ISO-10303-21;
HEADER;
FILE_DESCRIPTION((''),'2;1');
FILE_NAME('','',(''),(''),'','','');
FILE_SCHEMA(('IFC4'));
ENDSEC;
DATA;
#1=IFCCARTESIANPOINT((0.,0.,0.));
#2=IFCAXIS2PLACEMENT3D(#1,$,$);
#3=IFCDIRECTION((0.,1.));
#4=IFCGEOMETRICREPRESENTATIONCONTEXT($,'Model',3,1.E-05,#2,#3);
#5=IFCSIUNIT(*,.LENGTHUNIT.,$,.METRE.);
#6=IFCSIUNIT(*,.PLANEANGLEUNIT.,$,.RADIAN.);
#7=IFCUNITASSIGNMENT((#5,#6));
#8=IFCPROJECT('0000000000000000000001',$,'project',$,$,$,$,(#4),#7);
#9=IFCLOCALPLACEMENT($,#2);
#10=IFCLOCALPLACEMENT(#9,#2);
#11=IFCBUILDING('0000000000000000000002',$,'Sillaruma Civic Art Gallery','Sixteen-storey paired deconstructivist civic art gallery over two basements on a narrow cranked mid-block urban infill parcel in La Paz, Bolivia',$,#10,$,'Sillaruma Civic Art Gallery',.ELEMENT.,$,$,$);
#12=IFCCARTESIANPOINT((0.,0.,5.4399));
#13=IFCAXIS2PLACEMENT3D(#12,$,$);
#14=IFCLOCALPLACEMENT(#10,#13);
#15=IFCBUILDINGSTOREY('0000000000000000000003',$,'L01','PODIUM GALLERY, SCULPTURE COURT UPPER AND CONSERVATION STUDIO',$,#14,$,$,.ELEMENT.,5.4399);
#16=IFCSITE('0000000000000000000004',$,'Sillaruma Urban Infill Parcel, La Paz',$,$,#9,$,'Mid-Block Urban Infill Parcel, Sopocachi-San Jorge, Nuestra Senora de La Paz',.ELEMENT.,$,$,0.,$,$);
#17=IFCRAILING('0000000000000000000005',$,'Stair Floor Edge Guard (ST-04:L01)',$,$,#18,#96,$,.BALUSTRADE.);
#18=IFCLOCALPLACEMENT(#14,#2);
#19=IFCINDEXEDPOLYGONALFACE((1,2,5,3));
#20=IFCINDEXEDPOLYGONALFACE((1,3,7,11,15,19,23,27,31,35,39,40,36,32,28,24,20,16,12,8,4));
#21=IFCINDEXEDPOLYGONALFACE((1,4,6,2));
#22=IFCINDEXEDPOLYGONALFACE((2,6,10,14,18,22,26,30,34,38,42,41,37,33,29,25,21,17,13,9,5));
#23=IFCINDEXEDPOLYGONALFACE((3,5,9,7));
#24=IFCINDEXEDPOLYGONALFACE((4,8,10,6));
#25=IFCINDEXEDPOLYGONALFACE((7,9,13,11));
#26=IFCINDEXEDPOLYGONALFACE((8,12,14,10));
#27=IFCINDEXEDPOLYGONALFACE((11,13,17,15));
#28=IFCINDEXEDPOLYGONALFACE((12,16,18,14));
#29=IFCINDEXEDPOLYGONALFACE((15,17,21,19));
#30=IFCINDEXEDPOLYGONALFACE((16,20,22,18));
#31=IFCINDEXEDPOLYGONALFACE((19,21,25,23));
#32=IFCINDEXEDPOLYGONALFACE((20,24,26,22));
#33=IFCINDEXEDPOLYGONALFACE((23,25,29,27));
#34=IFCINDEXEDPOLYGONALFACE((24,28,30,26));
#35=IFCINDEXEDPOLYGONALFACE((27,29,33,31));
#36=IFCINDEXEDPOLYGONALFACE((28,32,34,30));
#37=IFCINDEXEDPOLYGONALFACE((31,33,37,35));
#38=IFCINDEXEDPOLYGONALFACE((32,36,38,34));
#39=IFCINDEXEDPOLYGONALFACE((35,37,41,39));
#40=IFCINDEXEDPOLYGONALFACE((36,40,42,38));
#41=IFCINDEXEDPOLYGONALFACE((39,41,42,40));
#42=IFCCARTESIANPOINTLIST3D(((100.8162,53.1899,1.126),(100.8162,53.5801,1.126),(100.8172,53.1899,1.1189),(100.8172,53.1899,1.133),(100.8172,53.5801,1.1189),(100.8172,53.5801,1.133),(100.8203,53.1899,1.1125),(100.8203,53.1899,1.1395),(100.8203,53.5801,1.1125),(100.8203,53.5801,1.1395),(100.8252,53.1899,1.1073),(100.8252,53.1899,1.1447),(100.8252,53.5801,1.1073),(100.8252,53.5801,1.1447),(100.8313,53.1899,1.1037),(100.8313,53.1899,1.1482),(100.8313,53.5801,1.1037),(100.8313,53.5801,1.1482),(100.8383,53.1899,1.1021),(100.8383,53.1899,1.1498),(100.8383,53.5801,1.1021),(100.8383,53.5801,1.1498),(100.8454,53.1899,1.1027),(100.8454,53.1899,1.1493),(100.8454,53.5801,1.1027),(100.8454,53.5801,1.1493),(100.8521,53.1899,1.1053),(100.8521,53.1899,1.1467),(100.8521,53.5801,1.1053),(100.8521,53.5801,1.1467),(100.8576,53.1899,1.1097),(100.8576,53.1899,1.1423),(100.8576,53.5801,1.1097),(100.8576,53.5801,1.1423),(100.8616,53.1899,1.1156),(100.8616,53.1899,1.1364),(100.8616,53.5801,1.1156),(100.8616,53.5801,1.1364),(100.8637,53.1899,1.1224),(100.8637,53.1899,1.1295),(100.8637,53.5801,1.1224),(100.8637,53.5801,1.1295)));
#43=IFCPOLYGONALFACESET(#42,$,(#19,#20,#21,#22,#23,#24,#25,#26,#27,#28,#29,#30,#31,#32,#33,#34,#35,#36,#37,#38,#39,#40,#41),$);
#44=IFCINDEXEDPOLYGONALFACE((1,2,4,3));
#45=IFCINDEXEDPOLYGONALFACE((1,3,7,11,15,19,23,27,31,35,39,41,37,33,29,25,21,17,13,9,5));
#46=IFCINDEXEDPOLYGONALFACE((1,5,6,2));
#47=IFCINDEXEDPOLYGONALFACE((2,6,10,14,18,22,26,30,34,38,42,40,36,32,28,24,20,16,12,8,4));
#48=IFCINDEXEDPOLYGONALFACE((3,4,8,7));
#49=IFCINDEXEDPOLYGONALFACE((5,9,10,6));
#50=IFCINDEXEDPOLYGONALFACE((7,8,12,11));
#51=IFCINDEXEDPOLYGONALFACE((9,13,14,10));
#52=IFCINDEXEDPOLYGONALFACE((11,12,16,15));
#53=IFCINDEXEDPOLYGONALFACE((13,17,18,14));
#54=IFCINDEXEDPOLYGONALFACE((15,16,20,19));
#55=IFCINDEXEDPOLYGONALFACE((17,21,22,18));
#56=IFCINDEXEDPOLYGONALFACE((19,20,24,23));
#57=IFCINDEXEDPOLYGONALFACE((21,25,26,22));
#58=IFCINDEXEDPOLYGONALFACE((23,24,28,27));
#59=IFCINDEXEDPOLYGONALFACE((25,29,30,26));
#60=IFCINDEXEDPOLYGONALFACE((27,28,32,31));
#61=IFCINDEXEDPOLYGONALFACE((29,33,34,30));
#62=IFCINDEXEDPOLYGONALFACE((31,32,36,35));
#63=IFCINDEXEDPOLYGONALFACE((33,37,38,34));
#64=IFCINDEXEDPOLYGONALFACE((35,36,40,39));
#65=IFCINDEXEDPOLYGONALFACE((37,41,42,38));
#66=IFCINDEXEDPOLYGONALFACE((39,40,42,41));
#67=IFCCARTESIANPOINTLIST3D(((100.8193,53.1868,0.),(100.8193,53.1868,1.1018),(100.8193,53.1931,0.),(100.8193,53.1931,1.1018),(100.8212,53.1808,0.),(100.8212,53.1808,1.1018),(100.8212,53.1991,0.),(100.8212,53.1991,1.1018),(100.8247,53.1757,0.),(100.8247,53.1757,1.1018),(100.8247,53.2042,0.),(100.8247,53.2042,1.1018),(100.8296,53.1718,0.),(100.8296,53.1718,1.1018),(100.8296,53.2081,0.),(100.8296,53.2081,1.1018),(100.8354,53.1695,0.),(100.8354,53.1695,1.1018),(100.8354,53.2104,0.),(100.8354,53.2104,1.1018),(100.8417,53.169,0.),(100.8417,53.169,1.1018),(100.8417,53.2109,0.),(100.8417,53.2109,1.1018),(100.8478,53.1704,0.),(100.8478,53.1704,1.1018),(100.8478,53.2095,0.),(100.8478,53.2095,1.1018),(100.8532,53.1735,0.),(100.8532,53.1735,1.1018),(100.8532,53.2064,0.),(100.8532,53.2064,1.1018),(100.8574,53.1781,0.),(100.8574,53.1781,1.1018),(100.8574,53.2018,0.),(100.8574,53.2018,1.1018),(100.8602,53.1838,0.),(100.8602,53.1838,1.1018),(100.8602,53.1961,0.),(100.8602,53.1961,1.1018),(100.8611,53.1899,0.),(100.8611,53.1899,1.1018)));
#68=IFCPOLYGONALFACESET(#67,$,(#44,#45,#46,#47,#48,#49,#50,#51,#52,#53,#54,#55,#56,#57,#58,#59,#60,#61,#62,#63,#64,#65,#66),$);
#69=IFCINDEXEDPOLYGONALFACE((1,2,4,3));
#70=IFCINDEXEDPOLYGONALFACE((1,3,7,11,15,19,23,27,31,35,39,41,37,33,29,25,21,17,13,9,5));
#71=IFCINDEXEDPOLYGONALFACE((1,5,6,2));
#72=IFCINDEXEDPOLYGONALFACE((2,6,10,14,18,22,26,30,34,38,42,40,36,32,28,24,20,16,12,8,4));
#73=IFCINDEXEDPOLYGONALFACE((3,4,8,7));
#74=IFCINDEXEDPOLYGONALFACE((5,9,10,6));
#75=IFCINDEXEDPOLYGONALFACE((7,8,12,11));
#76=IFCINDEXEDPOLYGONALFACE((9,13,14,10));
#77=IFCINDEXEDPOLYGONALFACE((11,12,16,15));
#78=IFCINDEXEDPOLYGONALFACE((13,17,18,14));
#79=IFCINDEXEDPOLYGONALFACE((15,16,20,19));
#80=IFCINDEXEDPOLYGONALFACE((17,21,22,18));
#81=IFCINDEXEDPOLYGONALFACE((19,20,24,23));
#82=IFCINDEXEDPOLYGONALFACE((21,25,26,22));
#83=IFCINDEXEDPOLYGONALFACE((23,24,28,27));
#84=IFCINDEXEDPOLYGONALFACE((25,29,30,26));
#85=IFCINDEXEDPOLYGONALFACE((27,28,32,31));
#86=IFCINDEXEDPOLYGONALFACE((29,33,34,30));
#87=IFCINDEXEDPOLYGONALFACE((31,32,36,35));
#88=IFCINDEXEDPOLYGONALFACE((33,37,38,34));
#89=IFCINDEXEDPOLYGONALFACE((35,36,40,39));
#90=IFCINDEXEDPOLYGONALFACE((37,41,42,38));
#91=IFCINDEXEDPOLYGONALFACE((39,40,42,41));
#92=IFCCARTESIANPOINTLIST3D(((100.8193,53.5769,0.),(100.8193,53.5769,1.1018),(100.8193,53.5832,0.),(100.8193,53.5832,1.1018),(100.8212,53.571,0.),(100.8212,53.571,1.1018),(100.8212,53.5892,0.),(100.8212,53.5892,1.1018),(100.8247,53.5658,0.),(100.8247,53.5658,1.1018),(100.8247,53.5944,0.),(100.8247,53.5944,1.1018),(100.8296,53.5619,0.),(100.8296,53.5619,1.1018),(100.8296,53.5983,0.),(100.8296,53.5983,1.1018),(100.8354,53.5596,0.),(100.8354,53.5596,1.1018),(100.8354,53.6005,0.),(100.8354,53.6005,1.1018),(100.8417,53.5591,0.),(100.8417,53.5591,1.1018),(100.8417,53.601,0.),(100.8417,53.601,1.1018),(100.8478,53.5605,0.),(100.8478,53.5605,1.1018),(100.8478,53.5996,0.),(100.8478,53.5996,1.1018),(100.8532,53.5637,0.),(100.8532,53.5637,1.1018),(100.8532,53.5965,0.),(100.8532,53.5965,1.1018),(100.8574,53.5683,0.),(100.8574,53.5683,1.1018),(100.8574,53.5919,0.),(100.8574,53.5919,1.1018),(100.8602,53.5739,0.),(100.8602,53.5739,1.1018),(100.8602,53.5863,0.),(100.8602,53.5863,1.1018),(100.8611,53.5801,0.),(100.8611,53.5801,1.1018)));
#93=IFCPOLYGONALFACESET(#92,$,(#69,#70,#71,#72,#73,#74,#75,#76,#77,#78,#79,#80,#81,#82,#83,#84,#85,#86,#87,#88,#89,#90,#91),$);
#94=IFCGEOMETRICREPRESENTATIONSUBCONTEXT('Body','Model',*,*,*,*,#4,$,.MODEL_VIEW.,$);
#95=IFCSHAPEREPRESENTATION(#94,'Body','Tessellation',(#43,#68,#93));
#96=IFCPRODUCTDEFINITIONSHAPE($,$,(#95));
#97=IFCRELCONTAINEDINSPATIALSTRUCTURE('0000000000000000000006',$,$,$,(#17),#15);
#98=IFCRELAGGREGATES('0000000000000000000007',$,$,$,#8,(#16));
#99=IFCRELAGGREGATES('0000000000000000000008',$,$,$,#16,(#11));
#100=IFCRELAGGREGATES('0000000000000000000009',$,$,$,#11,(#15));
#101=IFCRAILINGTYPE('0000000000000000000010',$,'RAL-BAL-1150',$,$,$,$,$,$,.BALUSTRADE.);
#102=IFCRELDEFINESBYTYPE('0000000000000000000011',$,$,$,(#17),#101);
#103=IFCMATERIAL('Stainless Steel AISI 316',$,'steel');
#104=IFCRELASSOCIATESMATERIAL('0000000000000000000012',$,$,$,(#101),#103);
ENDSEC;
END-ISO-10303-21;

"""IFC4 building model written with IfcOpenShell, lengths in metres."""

from ifc_helpers import new_model, si_unit, direction, frame, origin, origin_2d, place, context, subcontext, project, spatial, circle, extrude, material, type_object, element, save


model = new_model("IFC4")

# Units and contexts
model_context = context("Model", 3, precision=1e-05, world=origin(), true_north=direction((0.0, 1.0)))
body_context = subcontext(model_context, "Body", "Model", "MODEL_VIEW")
ifc_project = project(units=[si_unit("LENGTHUNIT", "METRE"), si_unit("PLANEANGLEUNIT", "RADIAN")], contexts=[model_context])

# Site, building, storey
site_placement = place(None, origin())
site = spatial("IfcSite", under=ifc_project, at=site_placement, Name="Sillaruma Urban Infill Parcel, La Paz", LongName="Mid-Block Urban Infill Parcel, Sopocachi-San Jorge, Nuestra Senora de La Paz", CompositionType="ELEMENT", RefElevation=0.0)
building_placement = place(site_placement, origin())
building = spatial("IfcBuilding", under=site, at=building_placement, Name="Sillaruma Civic Art Gallery", Description="Sixteen-storey paired deconstructivist civic art gallery over two basements on a narrow cranked mid-block urban infill parcel in La Paz, Bolivia", LongName="Sillaruma Civic Art Gallery", CompositionType="ELEMENT")
storey_placement = place(building_placement, frame((0.0, 0.0, 5.4399)))
storey = spatial("IfcBuildingStorey", under=building, at=storey_placement, Name="L01", Description="PODIUM GALLERY, SCULPTURE COURT UPPER AND CONSERVATION STUDIO", CompositionType="ELEMENT", Elevation=5.4399)

# Railing
ifc_material_1 = material(Name="Stainless Steel AISI 316", Category="steel")
railing_type_1 = type_object("IfcRailingType", Name="RAL-BAL-1150", PredefinedType="BALUSTRADE", material=ifc_material_1)
railing_1_placement = place(storey_placement, frame((100.8401, 53.1899, 0.0)))
element("IfcRailing", 1, at=railing_1_placement, inside=storey, type_object=railing_type_1, Name="Stair Floor Edge Guard (ST-04:L01)", PredefinedType="BALUSTRADE", context=body_context, shape_type="SweptSolid", body=[
    extrude(circle(Radius=0.0239, at=origin_2d()), frame((0.0, 0.0, 1.126), z_axis=(0.0, 1.0, 0.0), x_axis=(-1.0, 0.0, 0.0)), (0.0, 0.0, 1.0), 0.3901),
    extrude(circle(Radius=0.021, at=origin_2d()), origin(), (0.0, 0.0, 1.0), 1.1018),
    extrude(circle(Radius=0.021, at=origin_2d()), frame((0.0, 0.3901, 0.0)), (0.0, 0.0, 1.0), 1.1018),
])

save(model, "model.ifc")
